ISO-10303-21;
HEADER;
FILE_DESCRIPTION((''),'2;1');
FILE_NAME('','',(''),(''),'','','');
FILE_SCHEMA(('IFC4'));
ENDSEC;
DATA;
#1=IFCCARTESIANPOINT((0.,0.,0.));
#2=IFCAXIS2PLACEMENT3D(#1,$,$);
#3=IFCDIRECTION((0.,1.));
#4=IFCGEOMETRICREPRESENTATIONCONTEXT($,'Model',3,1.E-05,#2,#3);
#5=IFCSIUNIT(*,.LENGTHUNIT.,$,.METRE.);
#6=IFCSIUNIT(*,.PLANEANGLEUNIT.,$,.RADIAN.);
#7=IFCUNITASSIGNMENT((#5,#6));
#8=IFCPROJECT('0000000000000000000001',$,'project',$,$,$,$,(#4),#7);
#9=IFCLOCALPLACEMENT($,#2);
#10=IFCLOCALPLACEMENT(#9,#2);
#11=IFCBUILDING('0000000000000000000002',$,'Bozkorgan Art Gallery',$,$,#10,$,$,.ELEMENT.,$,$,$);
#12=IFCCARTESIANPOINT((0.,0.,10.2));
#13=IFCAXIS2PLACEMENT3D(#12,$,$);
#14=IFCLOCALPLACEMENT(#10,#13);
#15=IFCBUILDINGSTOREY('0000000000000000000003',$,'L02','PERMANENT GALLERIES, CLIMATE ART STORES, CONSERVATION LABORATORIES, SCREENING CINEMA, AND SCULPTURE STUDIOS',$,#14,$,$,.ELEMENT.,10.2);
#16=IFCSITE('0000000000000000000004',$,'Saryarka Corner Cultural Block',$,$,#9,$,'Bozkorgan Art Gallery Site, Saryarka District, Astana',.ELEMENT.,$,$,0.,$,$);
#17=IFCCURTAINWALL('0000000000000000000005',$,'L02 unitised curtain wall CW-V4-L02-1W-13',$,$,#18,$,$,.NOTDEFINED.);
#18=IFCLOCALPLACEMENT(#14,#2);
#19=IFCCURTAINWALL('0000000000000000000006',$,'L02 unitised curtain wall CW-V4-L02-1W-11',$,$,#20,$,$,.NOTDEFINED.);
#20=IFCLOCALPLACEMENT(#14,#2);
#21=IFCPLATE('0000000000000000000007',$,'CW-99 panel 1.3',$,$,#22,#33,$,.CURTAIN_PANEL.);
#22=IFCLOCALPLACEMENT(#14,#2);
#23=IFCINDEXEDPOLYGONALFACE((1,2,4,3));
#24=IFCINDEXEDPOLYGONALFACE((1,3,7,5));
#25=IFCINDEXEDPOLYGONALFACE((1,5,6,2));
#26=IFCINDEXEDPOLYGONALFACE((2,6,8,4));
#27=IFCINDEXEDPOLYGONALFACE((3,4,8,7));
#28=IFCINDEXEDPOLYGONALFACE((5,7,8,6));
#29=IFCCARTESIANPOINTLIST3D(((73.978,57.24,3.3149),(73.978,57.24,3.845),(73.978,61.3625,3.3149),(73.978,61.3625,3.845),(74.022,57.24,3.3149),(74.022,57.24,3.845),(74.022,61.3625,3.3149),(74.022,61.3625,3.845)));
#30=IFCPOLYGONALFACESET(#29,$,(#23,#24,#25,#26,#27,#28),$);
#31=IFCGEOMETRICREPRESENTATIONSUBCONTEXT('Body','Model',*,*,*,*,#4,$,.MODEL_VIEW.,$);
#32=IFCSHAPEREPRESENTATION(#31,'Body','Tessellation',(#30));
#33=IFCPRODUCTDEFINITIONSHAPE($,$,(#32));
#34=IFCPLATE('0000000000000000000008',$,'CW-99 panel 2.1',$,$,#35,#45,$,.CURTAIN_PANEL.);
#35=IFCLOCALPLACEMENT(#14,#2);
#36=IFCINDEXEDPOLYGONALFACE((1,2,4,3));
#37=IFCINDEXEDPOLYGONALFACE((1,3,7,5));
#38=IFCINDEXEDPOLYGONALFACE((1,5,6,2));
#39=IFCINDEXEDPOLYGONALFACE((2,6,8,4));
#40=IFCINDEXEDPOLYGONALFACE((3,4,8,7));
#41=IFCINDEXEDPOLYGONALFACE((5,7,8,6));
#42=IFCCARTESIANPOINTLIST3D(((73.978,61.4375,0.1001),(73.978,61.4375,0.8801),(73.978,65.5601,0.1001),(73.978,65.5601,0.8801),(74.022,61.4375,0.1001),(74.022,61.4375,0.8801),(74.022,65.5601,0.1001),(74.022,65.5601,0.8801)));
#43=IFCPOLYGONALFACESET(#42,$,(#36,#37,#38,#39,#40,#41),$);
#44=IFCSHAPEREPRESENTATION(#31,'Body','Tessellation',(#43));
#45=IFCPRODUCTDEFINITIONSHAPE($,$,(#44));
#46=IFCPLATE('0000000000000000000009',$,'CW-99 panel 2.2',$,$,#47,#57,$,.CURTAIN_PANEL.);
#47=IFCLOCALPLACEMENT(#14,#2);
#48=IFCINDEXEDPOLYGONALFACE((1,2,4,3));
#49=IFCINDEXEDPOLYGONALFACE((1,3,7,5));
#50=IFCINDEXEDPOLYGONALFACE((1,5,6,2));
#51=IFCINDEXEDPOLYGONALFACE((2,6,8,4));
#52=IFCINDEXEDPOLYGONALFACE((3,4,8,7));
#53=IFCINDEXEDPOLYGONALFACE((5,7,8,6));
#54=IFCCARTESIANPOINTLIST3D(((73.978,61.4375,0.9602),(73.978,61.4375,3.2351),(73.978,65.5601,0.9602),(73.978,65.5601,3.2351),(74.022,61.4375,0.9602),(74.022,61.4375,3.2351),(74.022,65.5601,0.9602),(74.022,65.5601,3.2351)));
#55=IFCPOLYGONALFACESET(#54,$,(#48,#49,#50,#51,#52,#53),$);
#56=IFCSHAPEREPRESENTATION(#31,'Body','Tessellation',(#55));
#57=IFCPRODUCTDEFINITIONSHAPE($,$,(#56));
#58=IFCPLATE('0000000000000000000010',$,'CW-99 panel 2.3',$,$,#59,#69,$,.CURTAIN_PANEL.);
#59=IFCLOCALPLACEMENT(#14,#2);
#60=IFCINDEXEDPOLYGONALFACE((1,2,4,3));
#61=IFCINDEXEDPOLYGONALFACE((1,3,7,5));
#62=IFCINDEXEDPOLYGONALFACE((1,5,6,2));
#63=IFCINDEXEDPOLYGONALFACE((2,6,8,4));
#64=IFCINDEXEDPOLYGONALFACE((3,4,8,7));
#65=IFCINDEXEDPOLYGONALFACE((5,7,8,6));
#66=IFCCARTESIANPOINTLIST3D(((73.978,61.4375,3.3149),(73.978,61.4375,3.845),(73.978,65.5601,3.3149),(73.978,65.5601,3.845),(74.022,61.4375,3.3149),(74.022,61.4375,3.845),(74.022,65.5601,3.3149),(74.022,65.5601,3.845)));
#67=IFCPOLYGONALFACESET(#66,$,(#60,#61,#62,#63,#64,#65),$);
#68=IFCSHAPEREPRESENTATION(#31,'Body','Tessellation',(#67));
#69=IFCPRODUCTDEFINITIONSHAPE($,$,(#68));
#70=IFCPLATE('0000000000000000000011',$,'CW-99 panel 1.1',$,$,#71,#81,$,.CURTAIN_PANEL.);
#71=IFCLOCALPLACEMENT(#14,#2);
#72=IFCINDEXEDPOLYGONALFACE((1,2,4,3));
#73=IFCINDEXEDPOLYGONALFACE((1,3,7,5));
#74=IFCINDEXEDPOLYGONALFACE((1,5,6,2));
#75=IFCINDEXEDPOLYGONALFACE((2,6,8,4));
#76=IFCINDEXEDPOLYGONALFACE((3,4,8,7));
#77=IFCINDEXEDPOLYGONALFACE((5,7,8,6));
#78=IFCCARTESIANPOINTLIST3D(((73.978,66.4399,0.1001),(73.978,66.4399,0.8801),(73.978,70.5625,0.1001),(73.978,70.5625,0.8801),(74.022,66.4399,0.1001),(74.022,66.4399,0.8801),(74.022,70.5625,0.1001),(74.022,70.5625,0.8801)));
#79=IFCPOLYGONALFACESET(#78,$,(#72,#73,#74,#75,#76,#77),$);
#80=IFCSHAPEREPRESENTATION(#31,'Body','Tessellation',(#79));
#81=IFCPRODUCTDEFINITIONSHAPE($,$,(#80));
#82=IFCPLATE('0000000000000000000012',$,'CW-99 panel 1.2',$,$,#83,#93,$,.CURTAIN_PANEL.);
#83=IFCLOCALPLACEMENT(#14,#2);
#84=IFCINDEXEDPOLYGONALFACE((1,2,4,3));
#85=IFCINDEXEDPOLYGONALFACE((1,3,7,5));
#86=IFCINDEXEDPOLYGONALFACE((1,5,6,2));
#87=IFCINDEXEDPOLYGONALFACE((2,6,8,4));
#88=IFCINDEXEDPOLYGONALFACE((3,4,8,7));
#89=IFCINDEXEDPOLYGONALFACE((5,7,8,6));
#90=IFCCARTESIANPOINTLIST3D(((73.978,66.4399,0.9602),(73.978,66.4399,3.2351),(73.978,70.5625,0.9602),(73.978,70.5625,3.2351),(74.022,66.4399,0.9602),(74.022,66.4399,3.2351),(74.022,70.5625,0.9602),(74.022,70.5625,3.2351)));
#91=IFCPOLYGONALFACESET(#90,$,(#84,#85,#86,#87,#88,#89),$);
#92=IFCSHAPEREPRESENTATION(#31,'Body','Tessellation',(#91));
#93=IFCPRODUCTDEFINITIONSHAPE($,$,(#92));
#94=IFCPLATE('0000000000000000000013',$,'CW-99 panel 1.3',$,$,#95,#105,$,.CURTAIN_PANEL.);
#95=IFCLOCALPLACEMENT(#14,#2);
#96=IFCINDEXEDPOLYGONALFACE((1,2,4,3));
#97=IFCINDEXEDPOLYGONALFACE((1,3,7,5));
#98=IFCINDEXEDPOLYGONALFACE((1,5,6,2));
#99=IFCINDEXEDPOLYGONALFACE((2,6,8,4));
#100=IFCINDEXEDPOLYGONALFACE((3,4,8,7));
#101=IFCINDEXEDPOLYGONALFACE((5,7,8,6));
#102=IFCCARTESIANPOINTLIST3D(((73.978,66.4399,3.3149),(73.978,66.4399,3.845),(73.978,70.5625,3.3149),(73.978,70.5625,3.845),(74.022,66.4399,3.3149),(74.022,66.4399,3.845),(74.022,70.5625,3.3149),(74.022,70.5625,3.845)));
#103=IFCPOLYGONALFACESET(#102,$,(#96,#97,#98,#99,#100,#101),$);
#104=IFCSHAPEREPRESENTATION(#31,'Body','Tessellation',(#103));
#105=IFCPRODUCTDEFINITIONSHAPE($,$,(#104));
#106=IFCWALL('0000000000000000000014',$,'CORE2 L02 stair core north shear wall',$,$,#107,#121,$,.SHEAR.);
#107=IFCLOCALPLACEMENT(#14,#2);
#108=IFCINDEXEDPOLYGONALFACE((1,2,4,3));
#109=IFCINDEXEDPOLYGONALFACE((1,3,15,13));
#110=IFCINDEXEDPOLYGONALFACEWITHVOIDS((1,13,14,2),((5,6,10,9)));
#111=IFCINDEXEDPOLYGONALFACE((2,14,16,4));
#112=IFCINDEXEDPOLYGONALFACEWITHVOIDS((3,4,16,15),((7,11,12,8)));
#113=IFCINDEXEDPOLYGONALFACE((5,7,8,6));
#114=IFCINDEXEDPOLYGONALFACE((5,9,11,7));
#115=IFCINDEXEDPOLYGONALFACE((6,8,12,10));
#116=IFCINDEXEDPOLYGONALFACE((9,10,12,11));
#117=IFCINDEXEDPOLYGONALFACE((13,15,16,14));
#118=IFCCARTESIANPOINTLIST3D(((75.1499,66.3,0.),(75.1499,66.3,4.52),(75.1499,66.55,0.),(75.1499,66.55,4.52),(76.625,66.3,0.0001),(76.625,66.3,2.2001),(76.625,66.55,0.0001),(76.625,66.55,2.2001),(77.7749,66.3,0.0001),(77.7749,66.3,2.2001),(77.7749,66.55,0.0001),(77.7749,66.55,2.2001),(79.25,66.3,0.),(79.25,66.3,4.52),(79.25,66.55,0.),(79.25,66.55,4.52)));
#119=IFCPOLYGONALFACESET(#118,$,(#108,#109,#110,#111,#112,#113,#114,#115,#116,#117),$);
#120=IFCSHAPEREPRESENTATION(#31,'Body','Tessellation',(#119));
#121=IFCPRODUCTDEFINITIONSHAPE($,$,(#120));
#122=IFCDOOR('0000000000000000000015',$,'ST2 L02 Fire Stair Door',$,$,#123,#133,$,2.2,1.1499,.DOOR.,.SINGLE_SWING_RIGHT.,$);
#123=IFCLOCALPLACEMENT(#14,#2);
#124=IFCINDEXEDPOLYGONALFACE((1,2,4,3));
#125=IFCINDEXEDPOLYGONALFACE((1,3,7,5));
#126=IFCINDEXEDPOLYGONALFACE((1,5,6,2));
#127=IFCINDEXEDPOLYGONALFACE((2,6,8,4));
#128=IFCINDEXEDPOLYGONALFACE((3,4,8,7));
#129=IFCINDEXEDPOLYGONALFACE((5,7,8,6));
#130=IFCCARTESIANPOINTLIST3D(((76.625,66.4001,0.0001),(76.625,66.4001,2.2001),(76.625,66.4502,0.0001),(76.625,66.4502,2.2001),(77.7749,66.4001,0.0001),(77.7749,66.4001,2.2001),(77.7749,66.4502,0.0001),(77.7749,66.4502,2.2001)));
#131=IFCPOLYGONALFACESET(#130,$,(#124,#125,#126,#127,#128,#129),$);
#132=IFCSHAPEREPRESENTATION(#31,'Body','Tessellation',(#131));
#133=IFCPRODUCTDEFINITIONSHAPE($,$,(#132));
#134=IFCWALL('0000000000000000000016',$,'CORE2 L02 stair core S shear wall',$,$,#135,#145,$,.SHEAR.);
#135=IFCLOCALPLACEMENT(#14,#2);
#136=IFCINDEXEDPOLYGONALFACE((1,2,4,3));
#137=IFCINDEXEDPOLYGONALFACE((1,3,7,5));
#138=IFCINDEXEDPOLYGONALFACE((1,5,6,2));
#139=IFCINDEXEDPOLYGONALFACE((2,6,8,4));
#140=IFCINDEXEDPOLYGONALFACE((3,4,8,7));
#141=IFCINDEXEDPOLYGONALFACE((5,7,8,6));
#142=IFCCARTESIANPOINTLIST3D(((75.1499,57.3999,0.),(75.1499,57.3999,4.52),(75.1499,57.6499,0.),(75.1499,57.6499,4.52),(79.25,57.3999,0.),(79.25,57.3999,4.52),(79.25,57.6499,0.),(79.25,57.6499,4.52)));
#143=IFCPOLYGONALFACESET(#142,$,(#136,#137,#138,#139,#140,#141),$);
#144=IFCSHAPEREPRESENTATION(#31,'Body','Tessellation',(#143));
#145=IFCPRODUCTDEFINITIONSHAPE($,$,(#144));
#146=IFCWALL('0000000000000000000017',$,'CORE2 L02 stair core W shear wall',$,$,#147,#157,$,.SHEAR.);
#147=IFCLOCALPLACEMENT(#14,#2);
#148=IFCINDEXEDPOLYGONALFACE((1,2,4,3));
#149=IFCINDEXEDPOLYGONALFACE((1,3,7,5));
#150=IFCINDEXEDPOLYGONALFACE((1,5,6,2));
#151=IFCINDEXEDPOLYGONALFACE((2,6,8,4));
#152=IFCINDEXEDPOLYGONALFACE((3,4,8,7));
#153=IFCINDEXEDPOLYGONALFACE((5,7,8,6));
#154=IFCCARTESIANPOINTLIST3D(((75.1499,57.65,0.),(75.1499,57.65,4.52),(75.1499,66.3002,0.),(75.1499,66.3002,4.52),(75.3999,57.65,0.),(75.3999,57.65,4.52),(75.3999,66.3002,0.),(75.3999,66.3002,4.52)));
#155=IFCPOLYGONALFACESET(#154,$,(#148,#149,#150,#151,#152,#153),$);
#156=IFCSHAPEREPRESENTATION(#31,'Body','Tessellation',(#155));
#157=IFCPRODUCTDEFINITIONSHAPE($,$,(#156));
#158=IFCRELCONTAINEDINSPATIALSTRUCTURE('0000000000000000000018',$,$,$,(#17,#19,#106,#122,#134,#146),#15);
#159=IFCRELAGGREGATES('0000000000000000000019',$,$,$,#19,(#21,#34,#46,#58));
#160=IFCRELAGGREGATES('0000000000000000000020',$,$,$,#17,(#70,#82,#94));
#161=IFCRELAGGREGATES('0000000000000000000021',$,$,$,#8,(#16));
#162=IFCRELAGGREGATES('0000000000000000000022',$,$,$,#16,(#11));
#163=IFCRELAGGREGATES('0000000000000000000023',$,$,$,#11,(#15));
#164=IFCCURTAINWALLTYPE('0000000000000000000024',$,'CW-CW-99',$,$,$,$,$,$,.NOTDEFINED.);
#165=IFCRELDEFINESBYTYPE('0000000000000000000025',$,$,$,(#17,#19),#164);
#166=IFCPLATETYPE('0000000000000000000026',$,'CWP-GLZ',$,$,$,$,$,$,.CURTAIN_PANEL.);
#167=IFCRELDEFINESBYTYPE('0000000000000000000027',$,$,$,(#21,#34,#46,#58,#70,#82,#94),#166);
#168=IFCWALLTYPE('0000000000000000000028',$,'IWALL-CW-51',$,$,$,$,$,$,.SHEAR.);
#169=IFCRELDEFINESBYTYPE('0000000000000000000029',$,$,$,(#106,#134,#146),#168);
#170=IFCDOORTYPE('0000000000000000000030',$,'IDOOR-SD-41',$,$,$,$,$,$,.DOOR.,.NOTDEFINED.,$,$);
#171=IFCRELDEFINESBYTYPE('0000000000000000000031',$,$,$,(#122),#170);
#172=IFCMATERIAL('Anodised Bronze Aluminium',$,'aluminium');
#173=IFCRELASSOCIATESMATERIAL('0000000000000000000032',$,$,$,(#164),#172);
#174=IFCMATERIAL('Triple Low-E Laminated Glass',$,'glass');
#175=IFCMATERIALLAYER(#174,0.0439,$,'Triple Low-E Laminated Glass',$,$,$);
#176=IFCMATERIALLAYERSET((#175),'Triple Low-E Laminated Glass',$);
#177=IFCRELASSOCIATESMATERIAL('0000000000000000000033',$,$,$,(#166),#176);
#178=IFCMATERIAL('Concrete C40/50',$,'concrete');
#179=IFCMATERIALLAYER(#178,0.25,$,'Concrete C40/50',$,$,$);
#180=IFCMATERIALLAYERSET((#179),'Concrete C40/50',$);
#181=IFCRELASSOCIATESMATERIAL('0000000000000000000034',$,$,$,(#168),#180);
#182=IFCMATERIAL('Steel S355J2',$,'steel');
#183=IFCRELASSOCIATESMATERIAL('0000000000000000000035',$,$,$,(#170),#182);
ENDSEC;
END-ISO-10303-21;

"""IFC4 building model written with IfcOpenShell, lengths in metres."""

from ifc_helpers import new_model, si_unit, direction, frame, frame_2d, origin, origin_2d, place, context, subcontext, project, spatial, rectangle, extrude, material, layer, layer_set, type_object, element, fill, aggregate, save


model = new_model("IFC4")

# Units and contexts
model_context = context("Model", 3, precision=1e-05, world=origin(), true_north=direction((0.0, 1.0)))
body_context = subcontext(model_context, "Body", "Model", "MODEL_VIEW")
ifc_project = project(units=[si_unit("LENGTHUNIT", "METRE"), si_unit("PLANEANGLEUNIT", "RADIAN")], contexts=[model_context])

# Site, building, storey
site_placement = place(None, origin())
site = spatial("IfcSite", under=ifc_project, at=site_placement, Name="Saryarka Corner Cultural Block", LongName="Bozkorgan Art Gallery Site, Saryarka District, Astana", CompositionType="ELEMENT", RefElevation=0.0)
building_placement = place(site_placement, origin())
building = spatial("IfcBuilding", under=site, at=building_placement, Name="Bozkorgan Art Gallery", CompositionType="ELEMENT")
storey_placement = place(building_placement, frame((0.0, 0.0, 10.2)))
storey = spatial("IfcBuildingStorey", under=building, at=storey_placement, Name="L02", Description="PERMANENT GALLERIES, CLIMATE ART STORES, CONSERVATION LABORATORIES, SCREENING CINEMA, AND SCULPTURE STUDIOS", CompositionType="ELEMENT", Elevation=10.2)

# Curtain walls
ifc_material_1 = material(Name="Anodised Bronze Aluminium", Category="aluminium")
curtain_wall_type = type_object("IfcCurtainWallType", Name="CW-CW-99", PredefinedType="NOTDEFINED", material=ifc_material_1)
curtain_wall_1_placement = place(storey_placement, origin())
curtain_wall_1 = element("IfcCurtainWall", 1, at=curtain_wall_1_placement, inside=storey, type_object=curtain_wall_type, Name="L02 unitised curtain wall CW-V4-L02-1W-13", PredefinedType="NOTDEFINED")
curtain_wall_2_placement = place(storey_placement, origin())
curtain_wall_2 = element("IfcCurtainWall", 2, at=curtain_wall_2_placement, inside=storey, type_object=curtain_wall_type, Name="L02 unitised curtain wall CW-V4-L02-1W-11", PredefinedType="NOTDEFINED")

# Plates
ifc_material_2 = material(Name="Triple Low-E Laminated Glass", Category="glass")
ifc_layer_1 = layer(ifc_material_2, 0.0439, Name="Triple Low-E Laminated Glass")
ifc_layer_set_1 = layer_set([ifc_layer_1], Name="Triple Low-E Laminated Glass")
plate_type = type_object("IfcPlateType", Name="CWP-GLZ", PredefinedType="CURTAIN_PANEL", material=ifc_layer_set_1)
plate_1_placement = place(storey_placement, frame((74.0, 59.3013, 3.3149), z_axis=(0.0, 0.0, 1.0), x_axis=(0.0, 1.0, 0.0)))
plate_1 = element("IfcPlate", 3, at=plate_1_placement, type_object=plate_type, Name="CW-99 panel 1.3", PredefinedType="CURTAIN_PANEL", context=body_context, shape_type="SweptSolid", body=[
    extrude(rectangle(XDim=4.1226, YDim=0.0439, at=origin_2d()), origin(), (0.0, 0.0, 1.0), 0.53),
])
plate_2_placement = place(storey_placement, frame((74.0, 63.4988, 0.1001), z_axis=(0.0, 0.0, 1.0), x_axis=(0.0, 1.0, 0.0)))
plate_2 = element("IfcPlate", 4, at=plate_2_placement, type_object=plate_type, Name="CW-99 panel 2.1", PredefinedType="CURTAIN_PANEL", context=body_context, shape_type="SweptSolid", body=[
    extrude(rectangle(XDim=4.1226, YDim=0.0439, at=origin_2d()), origin(), (0.0, 0.0, 1.0), 0.78),
])
plate_3_placement = place(storey_placement, frame((74.0, 63.4988, 0.9602), z_axis=(0.0, 0.0, 1.0), x_axis=(0.0, 1.0, 0.0)))
plate_3 = element("IfcPlate", 5, at=plate_3_placement, type_object=plate_type, Name="CW-99 panel 2.2", PredefinedType="CURTAIN_PANEL", context=body_context, shape_type="SweptSolid", body=[
    extrude(rectangle(XDim=4.1226, YDim=0.0439, at=origin_2d()), origin(), (0.0, 0.0, 1.0), 2.2749),
])
plate_4_placement = place(storey_placement, frame((74.0, 63.4988, 3.3149), z_axis=(0.0, 0.0, 1.0), x_axis=(0.0, 1.0, 0.0)))
plate_4 = element("IfcPlate", 6, at=plate_4_placement, type_object=plate_type, Name="CW-99 panel 2.3", PredefinedType="CURTAIN_PANEL", context=body_context, shape_type="SweptSolid", body=[
    extrude(rectangle(XDim=4.1226, YDim=0.0439, at=origin_2d()), origin(), (0.0, 0.0, 1.0), 0.53),
])
aggregate(curtain_wall_2, [plate_1, plate_2, plate_3, plate_4])
plate_5_placement = place(storey_placement, frame((74.0, 68.5012, 0.1001), z_axis=(0.0, 0.0, 1.0), x_axis=(0.0, 1.0, 0.0)))
plate_5 = element("IfcPlate", 7, at=plate_5_placement, type_object=plate_type, Name="CW-99 panel 1.1", PredefinedType="CURTAIN_PANEL", context=body_context, shape_type="SweptSolid", body=[
    extrude(rectangle(XDim=4.1226, YDim=0.0439, at=origin_2d()), origin(), (0.0, 0.0, 1.0), 0.78),
])
plate_6_placement = place(storey_placement, frame((74.0, 68.5012, 0.9602), z_axis=(0.0, 0.0, 1.0), x_axis=(0.0, 1.0, 0.0)))
plate_6 = element("IfcPlate", 8, at=plate_6_placement, type_object=plate_type, Name="CW-99 panel 1.2", PredefinedType="CURTAIN_PANEL", context=body_context, shape_type="SweptSolid", body=[
    extrude(rectangle(XDim=4.1226, YDim=0.0439, at=origin_2d()), origin(), (0.0, 0.0, 1.0), 2.2749),
])
plate_7_placement = place(storey_placement, frame((74.0, 68.5012, 3.3149), z_axis=(0.0, 0.0, 1.0), x_axis=(0.0, 1.0, 0.0)))
plate_7 = element("IfcPlate", 9, at=plate_7_placement, type_object=plate_type, Name="CW-99 panel 1.3", PredefinedType="CURTAIN_PANEL", context=body_context, shape_type="SweptSolid", body=[
    extrude(rectangle(XDim=4.1226, YDim=0.0439, at=origin_2d()), origin(), (0.0, 0.0, 1.0), 0.53),
])
aggregate(curtain_wall_1, [plate_5, plate_6, plate_7])

# Wall, opening, door
ifc_material_3 = material(Name="Concrete C40/50", Category="concrete")
ifc_layer_2 = layer(ifc_material_3, 0.25, Name="Concrete C40/50")
ifc_layer_set_2 = layer_set([ifc_layer_2], Name="Concrete C40/50")
wall_type = type_object("IfcWallType", Name="IWALL-CW-51", PredefinedType="SHEAR", material=ifc_layer_set_2)
wall_1_placement = place(storey_placement, frame((75.1499, 66.425, 0.0), z_axis=(0.0, 0.0, 1.0), x_axis=(1.0, 0.0, 0.0)))
wall_1 = element("IfcWall", 10, at=wall_1_placement, inside=storey, type_object=wall_type, Name="CORE2 L02 stair core north shear wall", PredefinedType="SHEAR", context=body_context, shape_type="SweptSolid", body=[
    extrude(rectangle(XDim=4.1001, YDim=0.25, at=frame_2d((2.05, 0.0))), origin(), (0.0, 0.0, 1.0), 4.52),
])
opening_placement = place(wall_1_placement, frame((2.625, 0.0, 0.0), z_axis=(0.0, 0.0, 1.0), x_axis=(-1.0, 0.0, 0.0)))
opening = element("IfcOpeningElement", 11, at=opening_placement, cuts=wall_1, PredefinedType="OPENING", context=body_context, shape_type="SweptSolid", body=[
    extrude(rectangle(XDim=1.1499, YDim=2.2, at=frame_2d((0.575, 1.1001))), frame((0.0, 0.135, 0.0), z_axis=(0.0, -1.0, 0.0), x_axis=(1.0, 0.0, 0.0)), (0.0, 0.0, 1.0), 0.27),
])
ifc_material_4 = material(Name="Steel S355J2", Category="steel")
door_type = type_object("IfcDoorType", Name="IDOOR-SD-41", OperationType="NOTDEFINED", PredefinedType="DOOR", material=ifc_material_4)
door_placement = place(opening_placement, origin())
door = element("IfcDoor", 12, at=door_placement, inside=storey, type_object=door_type, Name="ST2 L02 Fire Stair Door", OperationType="SINGLE_SWING_RIGHT", OverallHeight=2.2, OverallWidth=1.1499, PredefinedType="DOOR", context=body_context, shape_type="SweptSolid", body=[
    extrude(rectangle(XDim=1.1499, YDim=2.2, at=frame_2d((0.575, 1.1001))), frame((0.0, 0.0249, 0.0), z_axis=(0.0, -1.0, 0.0), x_axis=(1.0, 0.0, 0.0)), (0.0, 0.0, 1.0), 0.05),
])
fill(opening, door)

# Walls
wall_2_placement = place(storey_placement, frame((75.1499, 57.5249, 0.0), z_axis=(0.0, 0.0, 1.0), x_axis=(1.0, 0.0, 0.0)))
element("IfcWall", 13, at=wall_2_placement, inside=storey, type_object=wall_type, Name="CORE2 L02 stair core S shear wall", PredefinedType="SHEAR", context=body_context, shape_type="SweptSolid", body=[
    extrude(rectangle(XDim=4.1001, YDim=0.25, at=frame_2d((2.05, 0.0))), origin(), (0.0, 0.0, 1.0), 4.52),
])
wall_3_placement = place(storey_placement, frame((75.2749, 57.6499, 0.0), z_axis=(0.0, 0.0, 1.0), x_axis=(0.0, 1.0, 0.0)))
element("IfcWall", 14, at=wall_3_placement, inside=storey, type_object=wall_type, Name="CORE2 L02 stair core W shear wall", PredefinedType="SHEAR", context=body_context, shape_type="SweptSolid", body=[
    extrude(rectangle(XDim=8.6501, YDim=0.25, at=frame_2d((4.3252, 0.0))), origin(), (0.0, 0.0, 1.0), 4.52),
])

save(model, "model.ifc")
